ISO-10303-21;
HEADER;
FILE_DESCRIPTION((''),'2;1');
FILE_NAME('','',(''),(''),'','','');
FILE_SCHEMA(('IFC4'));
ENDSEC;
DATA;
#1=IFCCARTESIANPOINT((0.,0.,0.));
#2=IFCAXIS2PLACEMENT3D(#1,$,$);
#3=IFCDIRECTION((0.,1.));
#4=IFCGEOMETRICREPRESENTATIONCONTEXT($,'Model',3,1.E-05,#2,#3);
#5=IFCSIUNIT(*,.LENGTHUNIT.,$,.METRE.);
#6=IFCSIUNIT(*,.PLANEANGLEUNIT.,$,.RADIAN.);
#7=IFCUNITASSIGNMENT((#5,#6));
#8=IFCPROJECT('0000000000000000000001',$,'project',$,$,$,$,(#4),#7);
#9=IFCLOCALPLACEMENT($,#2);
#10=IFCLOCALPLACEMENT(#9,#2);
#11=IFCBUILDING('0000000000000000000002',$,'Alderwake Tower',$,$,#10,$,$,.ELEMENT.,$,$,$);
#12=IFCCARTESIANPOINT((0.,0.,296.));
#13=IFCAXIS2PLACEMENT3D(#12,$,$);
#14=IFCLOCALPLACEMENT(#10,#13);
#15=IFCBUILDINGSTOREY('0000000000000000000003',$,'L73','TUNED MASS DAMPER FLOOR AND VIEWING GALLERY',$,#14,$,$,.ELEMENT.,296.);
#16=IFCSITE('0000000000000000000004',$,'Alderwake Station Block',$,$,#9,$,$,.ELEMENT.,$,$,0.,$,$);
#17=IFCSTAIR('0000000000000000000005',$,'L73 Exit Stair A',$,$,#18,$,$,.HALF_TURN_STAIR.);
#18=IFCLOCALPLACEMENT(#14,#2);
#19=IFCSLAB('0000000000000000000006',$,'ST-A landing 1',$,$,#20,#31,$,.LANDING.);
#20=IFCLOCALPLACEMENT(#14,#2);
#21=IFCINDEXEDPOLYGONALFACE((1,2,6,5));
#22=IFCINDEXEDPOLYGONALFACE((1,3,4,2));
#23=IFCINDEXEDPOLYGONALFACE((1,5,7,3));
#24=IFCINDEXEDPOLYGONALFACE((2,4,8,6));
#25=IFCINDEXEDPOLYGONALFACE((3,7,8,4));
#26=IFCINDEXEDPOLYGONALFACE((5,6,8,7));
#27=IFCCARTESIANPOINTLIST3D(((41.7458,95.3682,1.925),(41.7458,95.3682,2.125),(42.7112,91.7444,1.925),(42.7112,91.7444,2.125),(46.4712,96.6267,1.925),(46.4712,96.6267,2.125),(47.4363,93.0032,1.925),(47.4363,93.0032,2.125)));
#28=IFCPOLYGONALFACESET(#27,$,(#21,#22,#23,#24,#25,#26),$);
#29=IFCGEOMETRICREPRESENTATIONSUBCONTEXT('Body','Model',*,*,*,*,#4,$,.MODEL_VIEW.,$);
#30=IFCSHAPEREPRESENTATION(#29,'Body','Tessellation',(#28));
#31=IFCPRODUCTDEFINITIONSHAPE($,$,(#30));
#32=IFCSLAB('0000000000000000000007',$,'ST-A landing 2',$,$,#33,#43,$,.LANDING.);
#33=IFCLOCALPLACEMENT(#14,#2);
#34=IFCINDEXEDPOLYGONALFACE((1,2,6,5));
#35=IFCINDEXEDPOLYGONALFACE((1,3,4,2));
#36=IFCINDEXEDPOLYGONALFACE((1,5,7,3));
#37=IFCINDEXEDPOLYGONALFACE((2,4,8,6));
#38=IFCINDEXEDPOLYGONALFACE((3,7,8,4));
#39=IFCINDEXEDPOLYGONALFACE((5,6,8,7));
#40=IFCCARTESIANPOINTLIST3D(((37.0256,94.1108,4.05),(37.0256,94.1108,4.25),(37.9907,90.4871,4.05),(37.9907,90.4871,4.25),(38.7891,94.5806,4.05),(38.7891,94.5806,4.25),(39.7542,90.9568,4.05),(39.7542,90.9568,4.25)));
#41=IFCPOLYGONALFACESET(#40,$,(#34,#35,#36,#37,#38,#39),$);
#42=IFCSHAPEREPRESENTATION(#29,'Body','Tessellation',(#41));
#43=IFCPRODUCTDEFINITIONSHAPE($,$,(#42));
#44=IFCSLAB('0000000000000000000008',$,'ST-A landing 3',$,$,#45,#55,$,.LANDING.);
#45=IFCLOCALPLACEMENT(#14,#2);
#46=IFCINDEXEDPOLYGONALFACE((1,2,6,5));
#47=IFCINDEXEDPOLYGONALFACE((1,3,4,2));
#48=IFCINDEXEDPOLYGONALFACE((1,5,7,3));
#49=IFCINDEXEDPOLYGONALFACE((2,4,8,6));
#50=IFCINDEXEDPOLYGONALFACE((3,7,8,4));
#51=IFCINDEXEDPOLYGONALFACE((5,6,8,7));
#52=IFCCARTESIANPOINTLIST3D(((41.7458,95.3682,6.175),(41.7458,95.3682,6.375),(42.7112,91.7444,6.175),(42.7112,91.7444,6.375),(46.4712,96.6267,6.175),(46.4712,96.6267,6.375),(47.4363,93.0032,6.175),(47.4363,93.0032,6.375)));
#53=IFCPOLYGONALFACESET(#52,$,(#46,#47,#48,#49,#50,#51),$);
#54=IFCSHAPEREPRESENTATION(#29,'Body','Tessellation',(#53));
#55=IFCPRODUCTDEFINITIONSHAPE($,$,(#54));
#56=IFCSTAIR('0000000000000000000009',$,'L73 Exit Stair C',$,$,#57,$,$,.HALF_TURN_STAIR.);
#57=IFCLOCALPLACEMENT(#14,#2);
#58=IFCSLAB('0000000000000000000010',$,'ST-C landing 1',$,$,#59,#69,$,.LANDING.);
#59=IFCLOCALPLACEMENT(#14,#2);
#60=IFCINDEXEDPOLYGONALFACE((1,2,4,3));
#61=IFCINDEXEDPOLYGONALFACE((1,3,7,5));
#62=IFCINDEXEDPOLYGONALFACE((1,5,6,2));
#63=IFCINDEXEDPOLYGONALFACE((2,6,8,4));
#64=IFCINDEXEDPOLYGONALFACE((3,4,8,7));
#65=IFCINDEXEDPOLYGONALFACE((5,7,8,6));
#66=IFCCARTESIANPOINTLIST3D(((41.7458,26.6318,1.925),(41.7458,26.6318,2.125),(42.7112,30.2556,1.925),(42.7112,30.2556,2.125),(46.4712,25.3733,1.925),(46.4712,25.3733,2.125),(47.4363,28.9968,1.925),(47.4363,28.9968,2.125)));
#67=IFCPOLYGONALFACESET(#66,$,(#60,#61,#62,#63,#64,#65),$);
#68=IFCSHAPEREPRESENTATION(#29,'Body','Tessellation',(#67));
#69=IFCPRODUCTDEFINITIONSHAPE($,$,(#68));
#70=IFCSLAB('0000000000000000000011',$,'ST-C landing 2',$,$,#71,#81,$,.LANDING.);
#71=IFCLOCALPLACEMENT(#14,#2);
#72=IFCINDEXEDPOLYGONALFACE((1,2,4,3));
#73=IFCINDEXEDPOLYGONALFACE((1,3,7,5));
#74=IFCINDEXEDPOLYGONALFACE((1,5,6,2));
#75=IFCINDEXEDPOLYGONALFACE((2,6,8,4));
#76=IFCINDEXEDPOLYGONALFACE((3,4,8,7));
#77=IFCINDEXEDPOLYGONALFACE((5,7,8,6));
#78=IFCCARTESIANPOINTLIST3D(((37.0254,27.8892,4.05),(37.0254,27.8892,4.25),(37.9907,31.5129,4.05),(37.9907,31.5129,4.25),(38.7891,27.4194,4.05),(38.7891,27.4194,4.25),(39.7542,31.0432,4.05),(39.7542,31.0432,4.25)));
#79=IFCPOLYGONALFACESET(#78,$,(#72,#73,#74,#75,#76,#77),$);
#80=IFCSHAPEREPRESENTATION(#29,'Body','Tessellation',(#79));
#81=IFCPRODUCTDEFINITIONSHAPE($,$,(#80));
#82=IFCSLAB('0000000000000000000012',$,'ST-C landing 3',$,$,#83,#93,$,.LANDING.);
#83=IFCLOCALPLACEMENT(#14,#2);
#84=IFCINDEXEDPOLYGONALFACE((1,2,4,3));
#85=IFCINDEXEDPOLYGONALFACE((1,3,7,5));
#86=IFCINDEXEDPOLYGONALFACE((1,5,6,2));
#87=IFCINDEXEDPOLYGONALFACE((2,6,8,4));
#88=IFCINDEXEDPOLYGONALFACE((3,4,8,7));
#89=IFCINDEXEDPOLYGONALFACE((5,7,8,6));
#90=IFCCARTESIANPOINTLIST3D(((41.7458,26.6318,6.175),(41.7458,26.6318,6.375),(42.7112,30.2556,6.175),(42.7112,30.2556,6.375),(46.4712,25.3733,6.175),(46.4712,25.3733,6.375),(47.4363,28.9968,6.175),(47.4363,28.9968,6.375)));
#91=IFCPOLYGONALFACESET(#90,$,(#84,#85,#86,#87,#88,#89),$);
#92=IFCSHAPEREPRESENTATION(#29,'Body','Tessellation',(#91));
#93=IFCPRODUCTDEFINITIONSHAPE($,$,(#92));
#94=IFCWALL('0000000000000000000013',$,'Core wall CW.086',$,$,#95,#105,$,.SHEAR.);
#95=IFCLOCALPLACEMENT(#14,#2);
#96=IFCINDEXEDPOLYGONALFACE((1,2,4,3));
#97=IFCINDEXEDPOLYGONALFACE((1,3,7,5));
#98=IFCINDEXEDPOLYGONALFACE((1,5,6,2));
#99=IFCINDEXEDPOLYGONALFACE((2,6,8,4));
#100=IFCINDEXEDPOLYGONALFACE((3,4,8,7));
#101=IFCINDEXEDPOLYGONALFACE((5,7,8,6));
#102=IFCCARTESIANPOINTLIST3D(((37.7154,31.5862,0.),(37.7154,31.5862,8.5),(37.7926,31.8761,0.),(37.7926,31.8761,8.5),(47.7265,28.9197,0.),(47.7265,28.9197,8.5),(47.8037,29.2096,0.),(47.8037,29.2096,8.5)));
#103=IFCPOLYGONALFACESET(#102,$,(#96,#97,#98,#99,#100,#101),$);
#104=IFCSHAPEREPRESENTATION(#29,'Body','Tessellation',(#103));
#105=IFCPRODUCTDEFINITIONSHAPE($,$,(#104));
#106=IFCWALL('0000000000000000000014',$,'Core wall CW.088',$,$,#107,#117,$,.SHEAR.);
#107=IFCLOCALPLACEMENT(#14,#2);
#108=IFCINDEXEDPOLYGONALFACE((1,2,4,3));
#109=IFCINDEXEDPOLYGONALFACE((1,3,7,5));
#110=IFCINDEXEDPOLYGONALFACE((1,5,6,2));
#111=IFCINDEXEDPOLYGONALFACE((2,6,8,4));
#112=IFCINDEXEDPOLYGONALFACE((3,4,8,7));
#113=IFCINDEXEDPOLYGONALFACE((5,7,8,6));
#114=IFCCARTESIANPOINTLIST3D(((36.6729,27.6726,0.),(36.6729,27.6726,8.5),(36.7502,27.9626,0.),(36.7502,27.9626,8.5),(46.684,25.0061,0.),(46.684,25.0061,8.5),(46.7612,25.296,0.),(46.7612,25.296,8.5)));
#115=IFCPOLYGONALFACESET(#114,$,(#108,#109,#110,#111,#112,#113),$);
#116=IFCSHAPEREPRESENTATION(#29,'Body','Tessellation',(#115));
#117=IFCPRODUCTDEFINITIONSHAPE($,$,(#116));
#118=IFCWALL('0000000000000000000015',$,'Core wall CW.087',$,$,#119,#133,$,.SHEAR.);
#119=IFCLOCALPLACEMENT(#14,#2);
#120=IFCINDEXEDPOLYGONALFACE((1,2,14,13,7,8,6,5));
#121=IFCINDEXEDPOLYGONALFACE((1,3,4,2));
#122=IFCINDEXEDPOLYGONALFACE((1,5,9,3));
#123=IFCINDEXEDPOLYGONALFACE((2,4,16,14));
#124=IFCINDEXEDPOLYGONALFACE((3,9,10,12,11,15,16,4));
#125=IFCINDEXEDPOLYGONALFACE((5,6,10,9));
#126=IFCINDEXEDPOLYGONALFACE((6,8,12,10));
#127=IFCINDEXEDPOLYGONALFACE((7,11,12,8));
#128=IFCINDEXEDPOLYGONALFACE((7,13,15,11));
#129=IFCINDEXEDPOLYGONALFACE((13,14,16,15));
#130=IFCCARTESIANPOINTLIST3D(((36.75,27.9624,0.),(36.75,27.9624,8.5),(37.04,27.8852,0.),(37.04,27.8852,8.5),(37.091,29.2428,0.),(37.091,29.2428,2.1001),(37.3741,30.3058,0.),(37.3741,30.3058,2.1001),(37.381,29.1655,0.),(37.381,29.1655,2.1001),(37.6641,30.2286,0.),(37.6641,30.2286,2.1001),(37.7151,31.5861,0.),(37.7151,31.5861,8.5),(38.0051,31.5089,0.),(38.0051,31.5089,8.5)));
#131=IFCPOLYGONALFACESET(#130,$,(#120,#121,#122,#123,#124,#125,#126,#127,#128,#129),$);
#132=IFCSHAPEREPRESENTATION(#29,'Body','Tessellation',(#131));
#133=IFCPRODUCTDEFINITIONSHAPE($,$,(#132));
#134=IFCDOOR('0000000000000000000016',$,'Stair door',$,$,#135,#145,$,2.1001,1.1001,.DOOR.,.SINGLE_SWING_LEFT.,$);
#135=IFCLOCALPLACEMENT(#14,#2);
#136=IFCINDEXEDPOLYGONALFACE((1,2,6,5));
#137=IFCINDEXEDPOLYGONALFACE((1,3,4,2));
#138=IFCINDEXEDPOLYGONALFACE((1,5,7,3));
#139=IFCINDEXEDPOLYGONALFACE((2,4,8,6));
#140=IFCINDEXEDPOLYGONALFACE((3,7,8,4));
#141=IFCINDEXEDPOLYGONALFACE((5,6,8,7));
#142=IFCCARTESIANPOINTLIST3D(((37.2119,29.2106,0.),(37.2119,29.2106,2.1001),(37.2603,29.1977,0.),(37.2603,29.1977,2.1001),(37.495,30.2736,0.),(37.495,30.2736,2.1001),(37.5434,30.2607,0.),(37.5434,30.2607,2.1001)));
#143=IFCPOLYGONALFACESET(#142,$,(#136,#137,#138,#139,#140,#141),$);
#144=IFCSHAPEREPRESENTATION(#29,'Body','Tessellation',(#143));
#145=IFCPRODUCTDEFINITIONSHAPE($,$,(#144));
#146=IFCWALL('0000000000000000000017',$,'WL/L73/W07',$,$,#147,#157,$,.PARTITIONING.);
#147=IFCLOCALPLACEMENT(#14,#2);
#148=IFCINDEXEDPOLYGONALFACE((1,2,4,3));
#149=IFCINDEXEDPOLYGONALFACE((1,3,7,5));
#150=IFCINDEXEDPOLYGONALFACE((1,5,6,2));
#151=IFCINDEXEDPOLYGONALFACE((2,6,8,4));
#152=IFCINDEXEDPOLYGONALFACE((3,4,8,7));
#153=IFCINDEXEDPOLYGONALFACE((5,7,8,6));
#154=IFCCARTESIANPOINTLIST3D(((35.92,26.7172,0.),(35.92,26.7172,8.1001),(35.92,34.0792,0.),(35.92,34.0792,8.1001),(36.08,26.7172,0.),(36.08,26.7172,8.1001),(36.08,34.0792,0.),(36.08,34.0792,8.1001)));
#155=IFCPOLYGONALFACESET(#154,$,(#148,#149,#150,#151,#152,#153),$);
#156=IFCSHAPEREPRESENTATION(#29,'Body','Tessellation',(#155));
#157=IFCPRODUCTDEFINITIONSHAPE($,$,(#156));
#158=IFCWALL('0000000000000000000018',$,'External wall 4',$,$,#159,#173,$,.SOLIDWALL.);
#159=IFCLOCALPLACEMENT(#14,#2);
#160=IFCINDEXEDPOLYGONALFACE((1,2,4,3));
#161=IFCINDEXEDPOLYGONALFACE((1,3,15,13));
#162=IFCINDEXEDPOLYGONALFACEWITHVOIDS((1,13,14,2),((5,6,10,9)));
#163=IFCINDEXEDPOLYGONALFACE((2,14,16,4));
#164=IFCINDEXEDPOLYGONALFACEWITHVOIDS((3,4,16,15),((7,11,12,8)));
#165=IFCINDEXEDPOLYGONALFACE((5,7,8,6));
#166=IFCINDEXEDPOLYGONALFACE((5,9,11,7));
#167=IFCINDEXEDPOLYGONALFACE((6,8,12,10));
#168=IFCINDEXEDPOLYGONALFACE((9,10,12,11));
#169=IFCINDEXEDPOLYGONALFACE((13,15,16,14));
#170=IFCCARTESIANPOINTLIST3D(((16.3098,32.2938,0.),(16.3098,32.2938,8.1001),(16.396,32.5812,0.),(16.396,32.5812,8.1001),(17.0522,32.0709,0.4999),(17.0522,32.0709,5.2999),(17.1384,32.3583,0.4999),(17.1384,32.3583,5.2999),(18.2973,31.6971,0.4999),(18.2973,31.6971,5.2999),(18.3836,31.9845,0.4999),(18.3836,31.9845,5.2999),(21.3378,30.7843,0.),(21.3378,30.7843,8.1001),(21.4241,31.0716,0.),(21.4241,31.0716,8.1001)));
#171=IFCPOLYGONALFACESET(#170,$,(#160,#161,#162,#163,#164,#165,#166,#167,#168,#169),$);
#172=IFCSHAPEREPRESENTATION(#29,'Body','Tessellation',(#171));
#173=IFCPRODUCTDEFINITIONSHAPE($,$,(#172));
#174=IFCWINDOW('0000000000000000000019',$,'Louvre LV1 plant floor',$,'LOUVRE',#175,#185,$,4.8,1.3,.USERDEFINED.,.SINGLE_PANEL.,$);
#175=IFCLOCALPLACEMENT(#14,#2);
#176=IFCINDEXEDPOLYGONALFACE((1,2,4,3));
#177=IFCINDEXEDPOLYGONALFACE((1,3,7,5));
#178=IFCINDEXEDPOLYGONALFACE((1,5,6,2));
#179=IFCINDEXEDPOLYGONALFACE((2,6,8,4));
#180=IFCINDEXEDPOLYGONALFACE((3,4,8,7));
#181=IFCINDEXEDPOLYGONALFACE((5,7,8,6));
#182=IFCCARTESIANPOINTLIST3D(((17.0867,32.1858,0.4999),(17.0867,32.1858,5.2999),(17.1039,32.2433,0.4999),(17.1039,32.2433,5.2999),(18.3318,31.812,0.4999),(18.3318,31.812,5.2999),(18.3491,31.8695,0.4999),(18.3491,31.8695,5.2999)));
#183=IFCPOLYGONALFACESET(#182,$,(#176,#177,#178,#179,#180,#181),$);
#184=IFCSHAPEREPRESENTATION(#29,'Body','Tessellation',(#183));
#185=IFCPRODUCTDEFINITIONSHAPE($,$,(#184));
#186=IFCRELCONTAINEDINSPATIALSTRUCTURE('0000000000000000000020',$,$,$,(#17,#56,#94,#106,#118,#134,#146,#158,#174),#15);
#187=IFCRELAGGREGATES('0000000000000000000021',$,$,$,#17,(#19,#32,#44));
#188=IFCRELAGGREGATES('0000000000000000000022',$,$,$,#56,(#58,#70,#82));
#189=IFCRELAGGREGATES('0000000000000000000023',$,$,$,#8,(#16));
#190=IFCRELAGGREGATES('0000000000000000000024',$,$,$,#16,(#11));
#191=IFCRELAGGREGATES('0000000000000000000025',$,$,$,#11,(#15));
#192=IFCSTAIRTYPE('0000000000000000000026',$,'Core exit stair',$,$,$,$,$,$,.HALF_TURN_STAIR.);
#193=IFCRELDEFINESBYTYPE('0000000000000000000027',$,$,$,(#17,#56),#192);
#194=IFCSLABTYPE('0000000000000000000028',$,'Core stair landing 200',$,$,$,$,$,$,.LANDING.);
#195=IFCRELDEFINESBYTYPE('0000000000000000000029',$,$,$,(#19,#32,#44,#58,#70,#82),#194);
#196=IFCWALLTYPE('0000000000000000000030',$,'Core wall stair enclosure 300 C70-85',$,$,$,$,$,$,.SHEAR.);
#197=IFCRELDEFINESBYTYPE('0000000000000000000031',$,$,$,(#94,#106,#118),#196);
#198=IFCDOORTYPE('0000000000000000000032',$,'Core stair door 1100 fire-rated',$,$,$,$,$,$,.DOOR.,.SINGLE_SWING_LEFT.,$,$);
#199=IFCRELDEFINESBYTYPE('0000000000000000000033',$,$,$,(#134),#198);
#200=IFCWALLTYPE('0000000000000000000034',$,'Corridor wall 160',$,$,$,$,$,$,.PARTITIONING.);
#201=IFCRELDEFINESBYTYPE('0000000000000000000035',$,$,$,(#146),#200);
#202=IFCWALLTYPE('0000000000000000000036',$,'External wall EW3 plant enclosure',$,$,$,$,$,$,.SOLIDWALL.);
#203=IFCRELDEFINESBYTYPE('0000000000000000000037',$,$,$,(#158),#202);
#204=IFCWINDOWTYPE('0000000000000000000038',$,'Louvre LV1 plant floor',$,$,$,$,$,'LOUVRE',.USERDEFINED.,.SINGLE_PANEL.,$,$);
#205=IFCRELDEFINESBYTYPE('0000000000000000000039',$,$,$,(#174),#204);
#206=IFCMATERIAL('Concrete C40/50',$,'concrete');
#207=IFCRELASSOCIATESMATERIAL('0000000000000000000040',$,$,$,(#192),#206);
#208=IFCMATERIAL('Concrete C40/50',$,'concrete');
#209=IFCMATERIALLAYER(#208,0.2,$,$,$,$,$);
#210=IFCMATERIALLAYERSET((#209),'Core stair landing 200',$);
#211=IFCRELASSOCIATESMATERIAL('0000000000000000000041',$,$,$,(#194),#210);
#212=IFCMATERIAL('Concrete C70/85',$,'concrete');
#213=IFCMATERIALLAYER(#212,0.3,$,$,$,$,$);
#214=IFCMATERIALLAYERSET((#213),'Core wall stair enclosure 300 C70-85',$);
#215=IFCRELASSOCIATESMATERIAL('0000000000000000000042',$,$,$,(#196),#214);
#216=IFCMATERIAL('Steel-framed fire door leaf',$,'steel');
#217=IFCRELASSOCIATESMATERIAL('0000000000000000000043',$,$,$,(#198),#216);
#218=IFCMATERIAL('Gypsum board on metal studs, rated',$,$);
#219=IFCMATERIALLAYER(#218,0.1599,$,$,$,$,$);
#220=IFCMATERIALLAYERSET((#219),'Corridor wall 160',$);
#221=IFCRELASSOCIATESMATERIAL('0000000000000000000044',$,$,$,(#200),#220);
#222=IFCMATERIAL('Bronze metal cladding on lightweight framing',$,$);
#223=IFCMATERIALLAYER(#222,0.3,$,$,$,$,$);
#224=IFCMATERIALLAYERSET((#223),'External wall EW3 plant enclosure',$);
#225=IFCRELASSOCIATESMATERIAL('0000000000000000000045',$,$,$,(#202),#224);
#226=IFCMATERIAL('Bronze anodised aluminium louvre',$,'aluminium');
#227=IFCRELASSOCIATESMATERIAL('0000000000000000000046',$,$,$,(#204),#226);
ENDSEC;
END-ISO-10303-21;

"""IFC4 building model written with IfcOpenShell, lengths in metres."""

from ifc_helpers import new_model, si_unit, direction, frame, frame_2d, origin, place, context, subcontext, project, spatial, polyline, rectangle, outline, extrude, material, layer, layer_set, type_object, element, fill, aggregate, save


model = new_model("IFC4")

# Units and contexts
model_context = context("Model", 3, precision=1e-05, world=origin(), true_north=direction((0.0, 1.0)))
body_context = subcontext(model_context, "Body", "Model", "MODEL_VIEW")
ifc_project = project(units=[si_unit("LENGTHUNIT", "METRE"), si_unit("PLANEANGLEUNIT", "RADIAN")], contexts=[model_context])

# Site, building, storey
site_placement = place(None, origin())
site = spatial("IfcSite", under=ifc_project, at=site_placement, Name="Alderwake Station Block", CompositionType="ELEMENT", RefElevation=0.0)
building_placement = place(site_placement, origin())
building = spatial("IfcBuilding", under=site, at=building_placement, Name="Alderwake Tower", CompositionType="ELEMENT")
storey_placement = place(building_placement, frame((0.0, 0.0, 296.0)))
storey = spatial("IfcBuildingStorey", under=building, at=storey_placement, Name="L73", Description="TUNED MASS DAMPER FLOOR AND VIEWING GALLERY", CompositionType="ELEMENT", Elevation=296.0)

# Stairs, slabs
ifc_material_1 = material(Name="Concrete C40/50", Category="concrete")
stair_type = type_object("IfcStairType", Name="Core exit stair", PredefinedType="HALF_TURN_STAIR", material=ifc_material_1)
ifc_material_2 = material(Name="Concrete C40/50", Category="concrete")
ifc_layer_1 = layer(ifc_material_2, 0.2)
ifc_layer_set_1 = layer_set([ifc_layer_1], Name="Core stair landing 200")
slab_type_1 = type_object("IfcSlabType", Name="Core stair landing 200", PredefinedType="LANDING", material=ifc_layer_set_1)
stair_1_placement = place(storey_placement, origin())
stair_1 = element("IfcStair", 1, at=stair_1_placement, inside=storey, type_object=stair_type, Name="L73 Exit Stair A", PredefinedType="HALF_TURN_STAIR")
slab_1_placement = place(storey_placement, frame((0.0, 0.0, 1.925)))
slab_1 = element("IfcSlab", 2, at=slab_1_placement, type_object=slab_type_1, Name="ST-A landing 1", PredefinedType="LANDING", context=body_context, shape_type="SweptSolid", body=[
    extrude(outline(polyline([(42.7112, 91.7444), (47.4363, 93.0032), (46.4712, 96.6267), (41.7458, 95.3682), (42.7112, 91.7444)])), origin(), (0.0, 0.0, 1.0), 0.2),
])
slab_2_placement = place(storey_placement, frame((0.0, 0.0, 4.05)))
slab_2 = element("IfcSlab", 3, at=slab_2_placement, type_object=slab_type_1, Name="ST-A landing 2", PredefinedType="LANDING", context=body_context, shape_type="SweptSolid", body=[
    extrude(outline(polyline([(37.9907, 90.4871), (39.7542, 90.9568), (38.7891, 94.5806), (37.0256, 94.1108), (37.9907, 90.4871)])), origin(), (0.0, 0.0, 1.0), 0.2),
])
slab_3_placement = place(storey_placement, frame((0.0, 0.0, 6.175)))
slab_3 = element("IfcSlab", 4, at=slab_3_placement, type_object=slab_type_1, Name="ST-A landing 3", PredefinedType="LANDING", context=body_context, shape_type="SweptSolid", body=[
    extrude(outline(polyline([(42.7112, 91.7444), (47.4363, 93.0032), (46.4712, 96.6267), (41.7458, 95.3682), (42.7112, 91.7444)])), origin(), (0.0, 0.0, 1.0), 0.2),
])
aggregate(stair_1, [slab_1, slab_2, slab_3])
stair_2_placement = place(storey_placement, origin())
stair_2 = element("IfcStair", 5, at=stair_2_placement, inside=storey, type_object=stair_type, Name="L73 Exit Stair C", PredefinedType="HALF_TURN_STAIR")
slab_4_placement = place(storey_placement, frame((0.0, 0.0, 1.925)))
slab_4 = element("IfcSlab", 6, at=slab_4_placement, type_object=slab_type_1, Name="ST-C landing 1", PredefinedType="LANDING", context=body_context, shape_type="SweptSolid", body=[
    extrude(outline(polyline([(41.7458, 26.6318), (46.4712, 25.3733), (47.4363, 28.9968), (42.7112, 30.2556), (41.7458, 26.6318)])), origin(), (0.0, 0.0, 1.0), 0.2),
])
slab_5_placement = place(storey_placement, frame((0.0, 0.0, 4.05)))
slab_5 = element("IfcSlab", 7, at=slab_5_placement, type_object=slab_type_1, Name="ST-C landing 2", PredefinedType="LANDING", context=body_context, shape_type="SweptSolid", body=[
    extrude(outline(polyline([(37.0254, 27.8892), (38.7891, 27.4194), (39.7542, 31.0432), (37.9907, 31.5129), (37.0254, 27.8892)])), origin(), (0.0, 0.0, 1.0), 0.2),
])
slab_6_placement = place(storey_placement, frame((0.0, 0.0, 6.175)))
slab_6 = element("IfcSlab", 8, at=slab_6_placement, type_object=slab_type_1, Name="ST-C landing 3", PredefinedType="LANDING", context=body_context, shape_type="SweptSolid", body=[
    extrude(outline(polyline([(41.7458, 26.6318), (46.4712, 25.3733), (47.4363, 28.9968), (42.7112, 30.2556), (41.7458, 26.6318)])), origin(), (0.0, 0.0, 1.0), 0.2),
])

# Walls
ifc_material_3 = material(Name="Concrete C70/85", Category="concrete")
ifc_layer_2 = layer(ifc_material_3, 0.3)
ifc_layer_set_2 = layer_set([ifc_layer_2], Name="Core wall stair enclosure 300 C70-85")
wall_type_1 = type_object("IfcWallType", Name="Core wall stair enclosure 300 C70-85", PredefinedType="SHEAR", material=ifc_layer_set_2)
for number, where, z_axis, x_axis, name in (
    (9, (37.7539, 31.7312, 0.0), (0.0, 0.0, 1.0), (0.966309, -0.257384, 0.0), "Core wall CW.086"),
    (10, (36.7114, 27.8176, 0.0), (0.0, 0.0, 1.0), (0.966309, -0.257384, 0.0), "Core wall CW.088"),
):
    element("IfcWall", number, at=place(storey_placement, frame(where, z_axis=z_axis, x_axis=x_axis)), inside=storey, type_object=wall_type_1, Name=name, PredefinedType="SHEAR", context=body_context, shape_type="SweptSolid", body=[
        extrude(rectangle(XDim=10.3601, YDim=0.3, at=frame_2d((5.1802, 0.0))), origin(), (0.0, 0.0, 1.0), 8.5),
    ])

# Wall, opening, door
wall_1_placement = place(storey_placement, frame((36.895, 27.9238, 0.0), z_axis=(0.0, 0.0, 1.0), x_axis=(0.257351, 0.966318, 0.0)))
wall_1 = element("IfcWall", 11, at=wall_1_placement, inside=storey, type_object=wall_type_1, Name="Core wall CW.087", PredefinedType="SHEAR", context=body_context, shape_type="SweptSolid", body=[
    extrude(rectangle(XDim=3.75, YDim=0.3, at=frame_2d((1.875, 0.0))), origin(), (0.0, 0.0, 1.0), 8.5),
])
opening_1_placement = place(wall_1_placement, frame((1.325, 0.0, 0.0)))
opening_1 = element("IfcOpeningElement", 12, at=opening_1_placement, cuts=wall_1, PredefinedType="OPENING", context=body_context, shape_type="SweptSolid", body=[
    extrude(rectangle(XDim=1.1001, YDim=2.1001, at=frame_2d((0.55, 1.05))), frame((0.0, 0.1599, 0.0), z_axis=(0.0, -1.0, 0.0), x_axis=(1.0, 0.0, 0.0)), (0.0, 0.0, 1.0), 0.3201),
])
ifc_material_4 = material(Name="Steel-framed fire door leaf", Category="steel")
door_type = type_object("IfcDoorType", Name="Core stair door 1100 fire-rated", OperationType="SINGLE_SWING_LEFT", PredefinedType="DOOR", material=ifc_material_4)
door_placement = place(opening_1_placement, origin())
door = element("IfcDoor", 13, at=door_placement, inside=storey, type_object=door_type, Name="Stair door", OperationType="SINGLE_SWING_LEFT", OverallHeight=2.1001, OverallWidth=1.1001, PredefinedType="DOOR", context=body_context, shape_type="SweptSolid", body=[
    extrude(rectangle(XDim=1.1001, YDim=2.1001, at=frame_2d((0.55, 1.05))), frame((0.0, 0.0249, 0.0), z_axis=(0.0, -1.0, 0.0), x_axis=(1.0, 0.0, 0.0)), (0.0, 0.0, 1.0), 0.05),
])
fill(opening_1, door)

# Wall
ifc_material_5 = material(Name="Gypsum board on metal studs, rated")
ifc_layer_3 = layer(ifc_material_5, 0.1599)
ifc_layer_set_3 = layer_set([ifc_layer_3], Name="Corridor wall 160")
wall_type_2 = type_object("IfcWallType", Name="Corridor wall 160", PredefinedType="PARTITIONING", material=ifc_layer_set_3)
wall_2_placement = place(storey_placement, frame((36.0, 26.717, 0.0), z_axis=(0.0, 0.0, 1.0), x_axis=(0.0, 1.0, 0.0)))
element("IfcWall", 14, at=wall_2_placement, inside=storey, type_object=wall_type_2, Name="WL/L73/W07", PredefinedType="PARTITIONING", context=body_context, shape_type="SweptSolid", body=[
    extrude(rectangle(XDim=7.3621, YDim=0.1599, at=frame_2d((3.6812, 0.0))), origin(), (0.0, 0.0, 1.0), 8.1001),
])

# Wall, opening, window
ifc_material_6 = material(Name="Bronze metal cladding on lightweight framing")
ifc_layer_4 = layer(ifc_material_6, 0.3)
ifc_layer_set_4 = layer_set([ifc_layer_4], Name="External wall EW3 plant enclosure")
wall_type_3 = type_object("IfcWallType", Name="External wall EW3 plant enclosure", PredefinedType="SOLIDWALL", material=ifc_layer_set_4)
wall_3_placement = place(storey_placement, frame((16.3528, 32.4375, 0.0), z_axis=(0.0, 0.0, 1.0), x_axis=(0.957769, -0.28754, 0.0)))
wall_3 = element("IfcWall", 15, at=wall_3_placement, inside=storey, type_object=wall_type_3, Name="External wall 4", PredefinedType="SOLIDWALL", context=body_context, shape_type="SweptSolid", body=[
    extrude(rectangle(XDim=5.2498, YDim=0.3, at=frame_2d((2.625, 0.0))), origin(), (0.0, 0.0, 1.0), 8.1001),
])
opening_2_placement = place(wall_3_placement, frame((0.7754, 0.0, 0.5)))
opening_2 = element("IfcOpeningElement", 16, at=opening_2_placement, cuts=wall_3, PredefinedType="OPENING", context=body_context, shape_type="SweptSolid", body=[
    extrude(rectangle(XDim=1.3, YDim=4.8, at=frame_2d((0.6499, 2.3999))), frame((0.0, 0.1599, 0.0), z_axis=(0.0, -1.0, 0.0), x_axis=(1.0, 0.0, 0.0)), (0.0, 0.0, 1.0), 0.3201),
])
ifc_material_7 = material(Name="Bronze anodised aluminium louvre", Category="aluminium")
window_type = type_object("IfcWindowType", Name="Louvre LV1 plant floor", ElementType="LOUVRE", PartitioningType="SINGLE_PANEL", PredefinedType="USERDEFINED", material=ifc_material_7)
window_1_placement = place(opening_2_placement, origin())
window_1 = element("IfcWindow", 17, at=window_1_placement, inside=storey, type_object=window_type, Name="Louvre LV1 plant floor", ObjectType="LOUVRE", OverallHeight=4.8, OverallWidth=1.3, PartitioningType="SINGLE_PANEL", PredefinedType="USERDEFINED", context=body_context, shape_type="SweptSolid", body=[
    extrude(rectangle(XDim=1.3, YDim=4.8, at=frame_2d((0.6499, 2.3999))), frame((0.0, 0.03, 0.0), z_axis=(0.0, -1.0, 0.0), x_axis=(1.0, 0.0, 0.0)), (0.0, 0.0, 1.0), 0.0601),
])
fill(opening_2, window_1)

aggregate(stair_2, [slab_4, slab_5, slab_6])

save(model, "model.ifc")
